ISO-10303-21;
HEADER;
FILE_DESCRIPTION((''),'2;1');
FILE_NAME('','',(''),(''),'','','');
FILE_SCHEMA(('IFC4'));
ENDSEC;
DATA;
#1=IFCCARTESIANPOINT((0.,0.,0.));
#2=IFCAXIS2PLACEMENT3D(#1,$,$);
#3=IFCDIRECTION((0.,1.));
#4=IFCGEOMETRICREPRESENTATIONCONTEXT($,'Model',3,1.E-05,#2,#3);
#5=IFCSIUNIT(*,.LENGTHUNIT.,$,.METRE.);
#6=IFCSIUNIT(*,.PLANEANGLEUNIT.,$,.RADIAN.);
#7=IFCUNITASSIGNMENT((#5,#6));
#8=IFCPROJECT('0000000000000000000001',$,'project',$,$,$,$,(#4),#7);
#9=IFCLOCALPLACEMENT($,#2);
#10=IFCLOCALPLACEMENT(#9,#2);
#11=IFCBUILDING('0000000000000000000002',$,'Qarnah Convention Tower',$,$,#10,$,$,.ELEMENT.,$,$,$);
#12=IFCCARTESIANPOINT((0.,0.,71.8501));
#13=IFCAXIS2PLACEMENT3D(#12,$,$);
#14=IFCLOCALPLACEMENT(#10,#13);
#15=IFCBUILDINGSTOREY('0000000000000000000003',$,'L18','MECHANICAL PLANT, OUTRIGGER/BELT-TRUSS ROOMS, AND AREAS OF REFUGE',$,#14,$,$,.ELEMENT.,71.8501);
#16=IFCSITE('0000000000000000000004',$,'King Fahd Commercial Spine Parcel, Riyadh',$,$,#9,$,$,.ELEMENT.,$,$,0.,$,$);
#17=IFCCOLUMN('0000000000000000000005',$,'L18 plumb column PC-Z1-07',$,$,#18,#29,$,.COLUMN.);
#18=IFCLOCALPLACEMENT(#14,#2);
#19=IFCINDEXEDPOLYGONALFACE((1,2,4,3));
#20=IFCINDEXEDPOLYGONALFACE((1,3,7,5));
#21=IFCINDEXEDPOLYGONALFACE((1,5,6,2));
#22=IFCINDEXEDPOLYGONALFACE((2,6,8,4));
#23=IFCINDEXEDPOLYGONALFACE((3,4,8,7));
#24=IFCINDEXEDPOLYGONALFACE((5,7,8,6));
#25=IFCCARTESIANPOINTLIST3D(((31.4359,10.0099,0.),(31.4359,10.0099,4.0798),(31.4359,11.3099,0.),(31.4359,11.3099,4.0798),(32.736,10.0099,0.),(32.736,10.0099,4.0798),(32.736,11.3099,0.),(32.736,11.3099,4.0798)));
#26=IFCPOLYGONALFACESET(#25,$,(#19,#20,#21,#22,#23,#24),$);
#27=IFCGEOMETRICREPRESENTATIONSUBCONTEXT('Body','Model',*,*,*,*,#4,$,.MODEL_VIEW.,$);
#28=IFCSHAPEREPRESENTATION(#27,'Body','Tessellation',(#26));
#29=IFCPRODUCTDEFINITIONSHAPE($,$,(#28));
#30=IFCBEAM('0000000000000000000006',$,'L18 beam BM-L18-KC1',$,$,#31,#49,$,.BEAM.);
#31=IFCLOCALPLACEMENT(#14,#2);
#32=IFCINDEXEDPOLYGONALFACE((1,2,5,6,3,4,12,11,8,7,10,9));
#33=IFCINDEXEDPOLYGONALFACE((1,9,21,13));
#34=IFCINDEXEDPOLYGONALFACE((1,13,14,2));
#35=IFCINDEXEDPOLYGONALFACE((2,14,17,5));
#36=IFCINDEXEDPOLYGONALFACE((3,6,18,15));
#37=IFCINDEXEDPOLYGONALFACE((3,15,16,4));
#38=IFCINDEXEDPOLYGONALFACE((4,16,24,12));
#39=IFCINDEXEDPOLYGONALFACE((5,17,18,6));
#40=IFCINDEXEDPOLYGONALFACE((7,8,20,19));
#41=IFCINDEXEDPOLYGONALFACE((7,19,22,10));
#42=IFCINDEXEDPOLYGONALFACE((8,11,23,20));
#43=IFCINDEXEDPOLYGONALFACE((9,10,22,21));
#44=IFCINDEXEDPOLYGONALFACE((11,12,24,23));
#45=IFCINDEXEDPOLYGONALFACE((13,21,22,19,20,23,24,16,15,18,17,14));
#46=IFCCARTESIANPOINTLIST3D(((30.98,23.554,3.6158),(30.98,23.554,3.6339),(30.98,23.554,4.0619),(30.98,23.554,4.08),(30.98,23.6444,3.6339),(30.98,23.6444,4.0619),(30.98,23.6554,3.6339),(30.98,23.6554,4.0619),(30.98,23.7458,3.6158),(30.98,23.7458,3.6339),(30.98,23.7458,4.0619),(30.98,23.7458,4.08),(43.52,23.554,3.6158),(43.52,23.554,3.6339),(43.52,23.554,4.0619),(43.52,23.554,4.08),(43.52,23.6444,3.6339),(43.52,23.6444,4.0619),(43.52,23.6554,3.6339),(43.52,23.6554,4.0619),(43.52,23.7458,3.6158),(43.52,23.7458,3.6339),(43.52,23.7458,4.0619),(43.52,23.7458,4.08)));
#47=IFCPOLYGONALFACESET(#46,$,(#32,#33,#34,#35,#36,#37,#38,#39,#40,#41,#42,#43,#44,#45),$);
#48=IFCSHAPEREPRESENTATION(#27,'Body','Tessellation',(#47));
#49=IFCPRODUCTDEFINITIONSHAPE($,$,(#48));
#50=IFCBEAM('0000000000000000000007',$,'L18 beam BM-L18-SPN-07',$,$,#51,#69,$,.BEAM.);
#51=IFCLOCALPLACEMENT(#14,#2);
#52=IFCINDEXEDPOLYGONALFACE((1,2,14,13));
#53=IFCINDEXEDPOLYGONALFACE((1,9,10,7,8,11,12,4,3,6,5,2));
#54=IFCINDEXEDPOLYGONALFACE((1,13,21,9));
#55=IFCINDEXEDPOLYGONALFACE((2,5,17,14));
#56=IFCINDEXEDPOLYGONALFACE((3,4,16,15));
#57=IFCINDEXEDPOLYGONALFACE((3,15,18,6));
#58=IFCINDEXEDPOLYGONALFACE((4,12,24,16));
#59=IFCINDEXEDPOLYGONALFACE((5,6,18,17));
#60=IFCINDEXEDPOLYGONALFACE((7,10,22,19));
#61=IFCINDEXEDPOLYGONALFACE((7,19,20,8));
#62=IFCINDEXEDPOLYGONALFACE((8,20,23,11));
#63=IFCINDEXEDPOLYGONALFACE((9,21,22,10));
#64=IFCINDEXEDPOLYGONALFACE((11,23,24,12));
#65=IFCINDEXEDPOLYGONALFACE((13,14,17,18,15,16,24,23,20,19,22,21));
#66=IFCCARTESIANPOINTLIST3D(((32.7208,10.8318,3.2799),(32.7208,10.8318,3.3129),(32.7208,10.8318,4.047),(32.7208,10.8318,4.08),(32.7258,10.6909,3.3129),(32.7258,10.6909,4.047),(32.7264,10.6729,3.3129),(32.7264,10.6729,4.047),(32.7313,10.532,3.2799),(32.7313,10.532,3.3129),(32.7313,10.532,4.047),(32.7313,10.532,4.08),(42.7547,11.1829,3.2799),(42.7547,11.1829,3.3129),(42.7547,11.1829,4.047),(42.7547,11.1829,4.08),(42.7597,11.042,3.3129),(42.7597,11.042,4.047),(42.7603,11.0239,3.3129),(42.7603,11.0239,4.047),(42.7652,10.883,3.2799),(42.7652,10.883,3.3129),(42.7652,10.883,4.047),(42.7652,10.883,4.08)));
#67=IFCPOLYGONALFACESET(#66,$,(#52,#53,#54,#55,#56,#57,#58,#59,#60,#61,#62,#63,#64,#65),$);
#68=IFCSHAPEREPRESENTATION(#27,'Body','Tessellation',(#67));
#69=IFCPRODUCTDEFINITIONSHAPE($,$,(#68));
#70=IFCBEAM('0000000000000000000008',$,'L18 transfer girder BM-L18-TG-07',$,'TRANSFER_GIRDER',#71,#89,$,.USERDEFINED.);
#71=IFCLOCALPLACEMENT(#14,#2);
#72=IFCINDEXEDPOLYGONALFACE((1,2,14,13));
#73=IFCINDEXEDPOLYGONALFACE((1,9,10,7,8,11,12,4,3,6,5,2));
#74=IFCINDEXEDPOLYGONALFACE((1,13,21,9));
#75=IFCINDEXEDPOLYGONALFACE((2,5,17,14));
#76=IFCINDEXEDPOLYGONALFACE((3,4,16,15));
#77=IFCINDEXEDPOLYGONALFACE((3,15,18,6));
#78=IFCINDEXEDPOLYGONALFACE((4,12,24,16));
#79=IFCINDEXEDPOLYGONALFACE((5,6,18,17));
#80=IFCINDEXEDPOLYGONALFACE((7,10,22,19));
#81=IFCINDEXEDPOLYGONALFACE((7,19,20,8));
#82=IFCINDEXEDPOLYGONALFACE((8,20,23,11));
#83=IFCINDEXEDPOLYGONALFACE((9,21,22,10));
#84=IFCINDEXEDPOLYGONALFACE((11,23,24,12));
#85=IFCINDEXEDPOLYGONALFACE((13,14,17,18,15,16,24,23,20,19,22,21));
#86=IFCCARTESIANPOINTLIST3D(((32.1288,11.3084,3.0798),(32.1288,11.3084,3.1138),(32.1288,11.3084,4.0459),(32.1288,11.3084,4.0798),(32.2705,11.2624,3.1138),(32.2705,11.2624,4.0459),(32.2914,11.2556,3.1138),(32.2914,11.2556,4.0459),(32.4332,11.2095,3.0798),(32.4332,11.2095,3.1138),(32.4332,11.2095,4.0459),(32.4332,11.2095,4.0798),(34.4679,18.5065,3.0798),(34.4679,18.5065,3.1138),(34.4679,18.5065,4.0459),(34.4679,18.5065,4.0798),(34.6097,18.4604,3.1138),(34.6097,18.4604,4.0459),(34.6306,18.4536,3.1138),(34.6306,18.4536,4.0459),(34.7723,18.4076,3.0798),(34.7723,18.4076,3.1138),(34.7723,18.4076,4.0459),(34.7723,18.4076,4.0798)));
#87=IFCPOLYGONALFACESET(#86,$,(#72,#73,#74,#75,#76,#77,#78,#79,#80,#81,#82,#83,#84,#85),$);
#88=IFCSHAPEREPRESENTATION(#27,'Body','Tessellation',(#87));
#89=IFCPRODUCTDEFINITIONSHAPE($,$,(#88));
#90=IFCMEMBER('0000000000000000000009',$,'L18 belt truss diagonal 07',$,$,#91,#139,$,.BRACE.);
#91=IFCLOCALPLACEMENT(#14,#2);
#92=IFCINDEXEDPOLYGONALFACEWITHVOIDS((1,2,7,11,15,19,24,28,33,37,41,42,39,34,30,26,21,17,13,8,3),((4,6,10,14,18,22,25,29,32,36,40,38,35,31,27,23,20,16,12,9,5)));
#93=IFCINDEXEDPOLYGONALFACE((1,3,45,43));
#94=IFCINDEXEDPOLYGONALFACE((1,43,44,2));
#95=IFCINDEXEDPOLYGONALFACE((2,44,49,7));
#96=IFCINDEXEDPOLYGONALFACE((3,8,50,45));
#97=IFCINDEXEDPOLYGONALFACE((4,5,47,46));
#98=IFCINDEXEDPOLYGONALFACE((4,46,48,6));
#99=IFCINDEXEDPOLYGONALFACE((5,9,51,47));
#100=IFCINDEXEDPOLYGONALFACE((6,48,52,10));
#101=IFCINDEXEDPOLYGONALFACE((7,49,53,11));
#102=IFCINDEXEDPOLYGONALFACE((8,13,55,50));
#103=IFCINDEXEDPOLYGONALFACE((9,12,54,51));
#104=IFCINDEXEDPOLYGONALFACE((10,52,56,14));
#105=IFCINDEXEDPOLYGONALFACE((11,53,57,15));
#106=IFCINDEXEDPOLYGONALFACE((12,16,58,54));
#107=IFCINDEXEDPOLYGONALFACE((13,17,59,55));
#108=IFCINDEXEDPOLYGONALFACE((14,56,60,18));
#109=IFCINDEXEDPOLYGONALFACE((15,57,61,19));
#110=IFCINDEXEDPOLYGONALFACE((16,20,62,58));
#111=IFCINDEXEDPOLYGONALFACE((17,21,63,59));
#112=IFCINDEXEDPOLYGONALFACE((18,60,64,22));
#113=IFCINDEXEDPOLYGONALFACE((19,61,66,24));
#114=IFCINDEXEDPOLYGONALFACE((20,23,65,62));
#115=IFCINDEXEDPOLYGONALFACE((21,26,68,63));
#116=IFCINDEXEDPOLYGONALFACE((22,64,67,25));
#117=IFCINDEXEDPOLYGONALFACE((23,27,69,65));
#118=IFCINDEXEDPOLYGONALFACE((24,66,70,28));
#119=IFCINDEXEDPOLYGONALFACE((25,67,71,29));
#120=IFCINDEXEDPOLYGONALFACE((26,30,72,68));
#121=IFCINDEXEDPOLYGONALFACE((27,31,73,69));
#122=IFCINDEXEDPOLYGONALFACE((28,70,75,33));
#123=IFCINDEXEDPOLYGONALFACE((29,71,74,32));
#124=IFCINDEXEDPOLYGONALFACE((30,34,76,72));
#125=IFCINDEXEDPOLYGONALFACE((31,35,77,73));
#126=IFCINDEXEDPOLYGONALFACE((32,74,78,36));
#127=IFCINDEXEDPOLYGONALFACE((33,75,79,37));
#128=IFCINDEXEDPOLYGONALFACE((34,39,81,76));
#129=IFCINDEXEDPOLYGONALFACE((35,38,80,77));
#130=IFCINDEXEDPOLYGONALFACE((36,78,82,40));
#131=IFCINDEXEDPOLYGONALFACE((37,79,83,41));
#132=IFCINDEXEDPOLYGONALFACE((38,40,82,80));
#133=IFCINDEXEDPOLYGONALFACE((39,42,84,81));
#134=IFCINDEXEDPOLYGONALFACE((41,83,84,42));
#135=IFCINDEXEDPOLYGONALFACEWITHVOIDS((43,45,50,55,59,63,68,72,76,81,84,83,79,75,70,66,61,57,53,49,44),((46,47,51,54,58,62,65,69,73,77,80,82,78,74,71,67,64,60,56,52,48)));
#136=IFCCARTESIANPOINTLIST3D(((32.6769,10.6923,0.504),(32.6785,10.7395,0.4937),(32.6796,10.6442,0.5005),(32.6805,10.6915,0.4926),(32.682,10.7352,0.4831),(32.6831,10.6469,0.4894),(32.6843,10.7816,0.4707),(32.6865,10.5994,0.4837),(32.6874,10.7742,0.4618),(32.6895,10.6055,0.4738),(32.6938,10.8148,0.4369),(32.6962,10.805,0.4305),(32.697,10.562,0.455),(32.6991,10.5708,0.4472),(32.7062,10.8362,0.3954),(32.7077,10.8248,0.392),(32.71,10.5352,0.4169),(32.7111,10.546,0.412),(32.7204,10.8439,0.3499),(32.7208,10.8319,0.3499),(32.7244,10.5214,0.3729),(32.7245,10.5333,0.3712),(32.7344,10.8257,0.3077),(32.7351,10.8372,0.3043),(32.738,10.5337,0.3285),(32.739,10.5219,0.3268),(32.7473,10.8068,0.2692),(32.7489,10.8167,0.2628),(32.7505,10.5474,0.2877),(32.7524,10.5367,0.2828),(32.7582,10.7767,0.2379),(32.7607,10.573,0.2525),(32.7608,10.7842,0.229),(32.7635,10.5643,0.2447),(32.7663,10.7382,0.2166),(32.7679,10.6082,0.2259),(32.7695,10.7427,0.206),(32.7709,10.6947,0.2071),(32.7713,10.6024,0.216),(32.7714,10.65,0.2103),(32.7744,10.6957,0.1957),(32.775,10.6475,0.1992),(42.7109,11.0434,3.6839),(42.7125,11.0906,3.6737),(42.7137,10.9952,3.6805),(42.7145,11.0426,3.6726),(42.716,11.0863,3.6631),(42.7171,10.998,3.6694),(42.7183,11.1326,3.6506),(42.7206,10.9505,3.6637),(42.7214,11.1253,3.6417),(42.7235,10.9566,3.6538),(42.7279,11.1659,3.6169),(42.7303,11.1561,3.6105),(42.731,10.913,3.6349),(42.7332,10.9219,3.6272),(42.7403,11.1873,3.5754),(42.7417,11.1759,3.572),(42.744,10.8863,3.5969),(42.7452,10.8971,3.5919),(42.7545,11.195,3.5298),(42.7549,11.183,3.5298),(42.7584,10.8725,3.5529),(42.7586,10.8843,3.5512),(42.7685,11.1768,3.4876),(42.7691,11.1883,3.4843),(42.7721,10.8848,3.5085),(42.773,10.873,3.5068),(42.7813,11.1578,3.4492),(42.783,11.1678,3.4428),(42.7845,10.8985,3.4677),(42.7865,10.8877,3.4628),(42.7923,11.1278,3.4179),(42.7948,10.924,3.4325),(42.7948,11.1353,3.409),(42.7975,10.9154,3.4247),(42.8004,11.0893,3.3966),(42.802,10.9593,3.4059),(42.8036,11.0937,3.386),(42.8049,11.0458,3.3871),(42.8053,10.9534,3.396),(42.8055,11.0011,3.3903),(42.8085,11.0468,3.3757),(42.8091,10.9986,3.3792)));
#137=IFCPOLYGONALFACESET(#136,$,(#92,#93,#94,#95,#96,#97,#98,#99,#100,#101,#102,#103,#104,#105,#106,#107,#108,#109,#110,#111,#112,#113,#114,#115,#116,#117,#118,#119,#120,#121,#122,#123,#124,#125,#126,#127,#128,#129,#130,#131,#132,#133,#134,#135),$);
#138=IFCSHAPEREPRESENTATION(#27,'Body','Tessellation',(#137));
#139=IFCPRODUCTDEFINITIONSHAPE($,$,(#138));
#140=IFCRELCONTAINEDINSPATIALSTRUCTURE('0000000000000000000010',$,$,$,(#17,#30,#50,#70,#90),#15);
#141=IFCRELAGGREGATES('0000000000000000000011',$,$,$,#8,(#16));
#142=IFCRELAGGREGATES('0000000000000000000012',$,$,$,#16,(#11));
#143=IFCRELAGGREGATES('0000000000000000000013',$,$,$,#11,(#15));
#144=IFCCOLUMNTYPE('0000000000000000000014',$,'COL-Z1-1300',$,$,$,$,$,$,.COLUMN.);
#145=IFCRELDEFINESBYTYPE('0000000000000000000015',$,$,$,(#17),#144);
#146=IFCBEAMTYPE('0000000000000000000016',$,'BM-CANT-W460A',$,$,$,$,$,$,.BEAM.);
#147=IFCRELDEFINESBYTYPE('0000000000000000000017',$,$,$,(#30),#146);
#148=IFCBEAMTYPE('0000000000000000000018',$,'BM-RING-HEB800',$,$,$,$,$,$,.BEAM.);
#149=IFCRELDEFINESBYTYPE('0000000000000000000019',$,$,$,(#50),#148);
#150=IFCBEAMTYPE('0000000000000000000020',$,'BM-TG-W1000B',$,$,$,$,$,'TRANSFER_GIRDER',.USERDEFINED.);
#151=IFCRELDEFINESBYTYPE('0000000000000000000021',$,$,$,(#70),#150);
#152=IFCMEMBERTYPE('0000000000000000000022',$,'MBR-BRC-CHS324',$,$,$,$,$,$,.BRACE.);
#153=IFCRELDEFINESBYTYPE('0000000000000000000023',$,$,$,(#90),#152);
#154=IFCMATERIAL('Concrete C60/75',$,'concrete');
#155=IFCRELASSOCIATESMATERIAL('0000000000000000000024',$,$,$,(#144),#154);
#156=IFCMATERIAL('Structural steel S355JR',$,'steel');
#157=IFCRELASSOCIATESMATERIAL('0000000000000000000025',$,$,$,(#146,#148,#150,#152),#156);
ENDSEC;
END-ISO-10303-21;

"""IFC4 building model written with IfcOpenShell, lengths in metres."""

from ifc_helpers import new_model, si_unit, direction, frame, origin, origin_2d, place, context, subcontext, project, spatial, rectangle, hollow_circle, i_section, extrude, material, material_profile, profile_set, type_object, element, save


model = new_model("IFC4")

# Units and contexts
model_context = context("Model", 3, precision=1e-05, world=origin(), true_north=direction((0.0, 1.0)))
body_context = subcontext(model_context, "Body", "Model", "MODEL_VIEW")
ifc_project = project(units=[si_unit("LENGTHUNIT", "METRE"), si_unit("PLANEANGLEUNIT", "RADIAN")], contexts=[model_context])

# Site, building, storey
site_placement = place(None, origin())
site = spatial("IfcSite", under=ifc_project, at=site_placement, Name="King Fahd Commercial Spine Parcel, Riyadh", CompositionType="ELEMENT", RefElevation=0.0)
building_placement = place(site_placement, origin())
building = spatial("IfcBuilding", under=site, at=building_placement, Name="Qarnah Convention Tower", CompositionType="ELEMENT")
storey_placement = place(building_placement, frame((0.0, 0.0, 71.8501)))
storey = spatial("IfcBuildingStorey", under=building, at=storey_placement, Name="L18", Description="MECHANICAL PLANT, OUTRIGGER/BELT-TRUSS ROOMS, AND AREAS OF REFUGE", CompositionType="ELEMENT", Elevation=71.8501)

# Column
ifc_material_1 = material(Name="Concrete C60/75", Category="concrete")
ifc_material_profile_1 = material_profile(ifc_material_1, rectangle(XDim=1.3, YDim=1.3, at=origin_2d()), Name="RC-COL-1300X1300")
ifc_profile_set_1 = profile_set([ifc_material_profile_1], Name="Concrete C60/75")
column_type = type_object("IfcColumnType", Name="COL-Z1-1300", PredefinedType="COLUMN", material=ifc_profile_set_1)
column_placement = place(storey_placement, frame((32.0859, 10.6599, 0.0), z_axis=(0.0, 0.0, 1.0), x_axis=(1.0, 0.0, 0.0)))
element("IfcColumn", 1, at=column_placement, inside=storey, type_object=column_type, Name="L18 plumb column PC-Z1-07", PredefinedType="COLUMN", context=body_context, shape_type="SweptSolid", body=[
    extrude(rectangle(XDim=1.3, YDim=1.3, at=origin_2d()), origin(), (0.0, 0.0, 1.0), 4.0798),
])

# Beams
ifc_material_2 = material(Name="Structural steel S355JR", Category="steel")
ifc_material_profile_2 = material_profile(ifc_material_2, i_section(OverallWidth=0.1919, OverallDepth=0.4641, WebThickness=0.011, FlangeThickness=0.0181, at=origin_2d()), Name="W460X89")
ifc_profile_set_2 = profile_set([ifc_material_profile_2], Name="Structural steel S355JR")
beam_type_1 = type_object("IfcBeamType", Name="BM-CANT-W460A", PredefinedType="BEAM", material=ifc_profile_set_2)
beam_1_placement = place(storey_placement, frame((30.98, 23.6499, 3.8479), z_axis=(1.0, 0.0, 0.0), x_axis=(0.0, 1.0, 0.0)))
element("IfcBeam", 2, at=beam_1_placement, inside=storey, type_object=beam_type_1, Name="L18 beam BM-L18-KC1", PredefinedType="BEAM", context=body_context, shape_type="SweptSolid", body=[
    extrude(i_section(OverallWidth=0.1919, OverallDepth=0.4641, WebThickness=0.011, FlangeThickness=0.0181, at=origin_2d()), origin(), (0.0, 0.0, 1.0), 12.54),
])
ifc_material_profile_3 = material_profile(ifc_material_2, i_section(OverallWidth=0.3, OverallDepth=0.8, WebThickness=0.0181, FlangeThickness=0.033, at=origin_2d()), Name="HEB800")
ifc_profile_set_3 = profile_set([ifc_material_profile_3], Name="Structural steel S355JR")
beam_type_2 = type_object("IfcBeamType", Name="BM-RING-HEB800", PredefinedType="BEAM", material=ifc_profile_set_3)
beam_2_placement = place(storey_placement, frame((32.7261, 10.6819, 3.6799), z_axis=(0.999388, 0.034967, 0.0), x_axis=(-0.034967, 0.999388, 0.0)))
element("IfcBeam", 3, at=beam_2_placement, inside=storey, type_object=beam_type_2, Name="L18 beam BM-L18-SPN-07", PredefinedType="BEAM", context=body_context, shape_type="SweptSolid", body=[
    extrude(i_section(OverallWidth=0.3, OverallDepth=0.8, WebThickness=0.0181, FlangeThickness=0.033, at=origin_2d()), origin(), (0.0, 0.0, 1.0), 10.04),
])
ifc_material_profile_4 = material_profile(ifc_material_2, i_section(OverallWidth=0.3201, OverallDepth=1.0, WebThickness=0.022, FlangeThickness=0.0339, at=origin_2d()), Name="W1000X371")
ifc_profile_set_4 = profile_set([ifc_material_profile_4], Name="Structural steel S355JR")
beam_type_3 = type_object("IfcBeamType", Name="BM-TG-W1000B", ElementType="TRANSFER_GIRDER", PredefinedType="USERDEFINED", material=ifc_profile_set_4)
beam_3_placement = place(storey_placement, frame((34.6201, 18.457, 3.5798), z_axis=(-0.309058, -0.951043, 0.0), x_axis=(0.951043, -0.309058, 0.0)))
element("IfcBeam", 4, at=beam_3_placement, inside=storey, type_object=beam_type_3, Name="L18 transfer girder BM-L18-TG-07", ObjectType="TRANSFER_GIRDER", PredefinedType="USERDEFINED", context=body_context, shape_type="SweptSolid", body=[
    extrude(i_section(OverallWidth=0.3201, OverallDepth=1.0, WebThickness=0.022, FlangeThickness=0.0339, at=origin_2d()), origin(), (0.0, 0.0, 1.0), 7.5686),
])

# Member
ifc_material_profile_5 = material_profile(ifc_material_2, hollow_circle(Radius=0.1621, WallThickness=0.012, at=origin_2d()), Name="CHS324X12")
ifc_profile_set_5 = profile_set([ifc_material_profile_5], Name="Structural steel S355JR")
member_type_1 = type_object("IfcMemberType", Name="MBR-BRC-CHS324", PredefinedType="BRACE", material=ifc_profile_set_5)
member_1_placement = place(storey_placement, frame((32.7261, 10.6819, 0.3499), z_axis=(0.952744, 0.033335, 0.301941), x_axis=(-0.034967, 0.999388, 0.0)))
element("IfcMember", 5, at=member_1_placement, inside=storey, type_object=member_type_1, Name="L18 belt truss diagonal 07", PredefinedType="BRACE", context=body_context, shape_type="SweptSolid", body=[
    extrude(hollow_circle(Radius=0.1621, WallThickness=0.012, at=origin_2d()), origin(), (0.0, 0.0, 1.0), 10.5317),
])

save(model, "model.ifc")
